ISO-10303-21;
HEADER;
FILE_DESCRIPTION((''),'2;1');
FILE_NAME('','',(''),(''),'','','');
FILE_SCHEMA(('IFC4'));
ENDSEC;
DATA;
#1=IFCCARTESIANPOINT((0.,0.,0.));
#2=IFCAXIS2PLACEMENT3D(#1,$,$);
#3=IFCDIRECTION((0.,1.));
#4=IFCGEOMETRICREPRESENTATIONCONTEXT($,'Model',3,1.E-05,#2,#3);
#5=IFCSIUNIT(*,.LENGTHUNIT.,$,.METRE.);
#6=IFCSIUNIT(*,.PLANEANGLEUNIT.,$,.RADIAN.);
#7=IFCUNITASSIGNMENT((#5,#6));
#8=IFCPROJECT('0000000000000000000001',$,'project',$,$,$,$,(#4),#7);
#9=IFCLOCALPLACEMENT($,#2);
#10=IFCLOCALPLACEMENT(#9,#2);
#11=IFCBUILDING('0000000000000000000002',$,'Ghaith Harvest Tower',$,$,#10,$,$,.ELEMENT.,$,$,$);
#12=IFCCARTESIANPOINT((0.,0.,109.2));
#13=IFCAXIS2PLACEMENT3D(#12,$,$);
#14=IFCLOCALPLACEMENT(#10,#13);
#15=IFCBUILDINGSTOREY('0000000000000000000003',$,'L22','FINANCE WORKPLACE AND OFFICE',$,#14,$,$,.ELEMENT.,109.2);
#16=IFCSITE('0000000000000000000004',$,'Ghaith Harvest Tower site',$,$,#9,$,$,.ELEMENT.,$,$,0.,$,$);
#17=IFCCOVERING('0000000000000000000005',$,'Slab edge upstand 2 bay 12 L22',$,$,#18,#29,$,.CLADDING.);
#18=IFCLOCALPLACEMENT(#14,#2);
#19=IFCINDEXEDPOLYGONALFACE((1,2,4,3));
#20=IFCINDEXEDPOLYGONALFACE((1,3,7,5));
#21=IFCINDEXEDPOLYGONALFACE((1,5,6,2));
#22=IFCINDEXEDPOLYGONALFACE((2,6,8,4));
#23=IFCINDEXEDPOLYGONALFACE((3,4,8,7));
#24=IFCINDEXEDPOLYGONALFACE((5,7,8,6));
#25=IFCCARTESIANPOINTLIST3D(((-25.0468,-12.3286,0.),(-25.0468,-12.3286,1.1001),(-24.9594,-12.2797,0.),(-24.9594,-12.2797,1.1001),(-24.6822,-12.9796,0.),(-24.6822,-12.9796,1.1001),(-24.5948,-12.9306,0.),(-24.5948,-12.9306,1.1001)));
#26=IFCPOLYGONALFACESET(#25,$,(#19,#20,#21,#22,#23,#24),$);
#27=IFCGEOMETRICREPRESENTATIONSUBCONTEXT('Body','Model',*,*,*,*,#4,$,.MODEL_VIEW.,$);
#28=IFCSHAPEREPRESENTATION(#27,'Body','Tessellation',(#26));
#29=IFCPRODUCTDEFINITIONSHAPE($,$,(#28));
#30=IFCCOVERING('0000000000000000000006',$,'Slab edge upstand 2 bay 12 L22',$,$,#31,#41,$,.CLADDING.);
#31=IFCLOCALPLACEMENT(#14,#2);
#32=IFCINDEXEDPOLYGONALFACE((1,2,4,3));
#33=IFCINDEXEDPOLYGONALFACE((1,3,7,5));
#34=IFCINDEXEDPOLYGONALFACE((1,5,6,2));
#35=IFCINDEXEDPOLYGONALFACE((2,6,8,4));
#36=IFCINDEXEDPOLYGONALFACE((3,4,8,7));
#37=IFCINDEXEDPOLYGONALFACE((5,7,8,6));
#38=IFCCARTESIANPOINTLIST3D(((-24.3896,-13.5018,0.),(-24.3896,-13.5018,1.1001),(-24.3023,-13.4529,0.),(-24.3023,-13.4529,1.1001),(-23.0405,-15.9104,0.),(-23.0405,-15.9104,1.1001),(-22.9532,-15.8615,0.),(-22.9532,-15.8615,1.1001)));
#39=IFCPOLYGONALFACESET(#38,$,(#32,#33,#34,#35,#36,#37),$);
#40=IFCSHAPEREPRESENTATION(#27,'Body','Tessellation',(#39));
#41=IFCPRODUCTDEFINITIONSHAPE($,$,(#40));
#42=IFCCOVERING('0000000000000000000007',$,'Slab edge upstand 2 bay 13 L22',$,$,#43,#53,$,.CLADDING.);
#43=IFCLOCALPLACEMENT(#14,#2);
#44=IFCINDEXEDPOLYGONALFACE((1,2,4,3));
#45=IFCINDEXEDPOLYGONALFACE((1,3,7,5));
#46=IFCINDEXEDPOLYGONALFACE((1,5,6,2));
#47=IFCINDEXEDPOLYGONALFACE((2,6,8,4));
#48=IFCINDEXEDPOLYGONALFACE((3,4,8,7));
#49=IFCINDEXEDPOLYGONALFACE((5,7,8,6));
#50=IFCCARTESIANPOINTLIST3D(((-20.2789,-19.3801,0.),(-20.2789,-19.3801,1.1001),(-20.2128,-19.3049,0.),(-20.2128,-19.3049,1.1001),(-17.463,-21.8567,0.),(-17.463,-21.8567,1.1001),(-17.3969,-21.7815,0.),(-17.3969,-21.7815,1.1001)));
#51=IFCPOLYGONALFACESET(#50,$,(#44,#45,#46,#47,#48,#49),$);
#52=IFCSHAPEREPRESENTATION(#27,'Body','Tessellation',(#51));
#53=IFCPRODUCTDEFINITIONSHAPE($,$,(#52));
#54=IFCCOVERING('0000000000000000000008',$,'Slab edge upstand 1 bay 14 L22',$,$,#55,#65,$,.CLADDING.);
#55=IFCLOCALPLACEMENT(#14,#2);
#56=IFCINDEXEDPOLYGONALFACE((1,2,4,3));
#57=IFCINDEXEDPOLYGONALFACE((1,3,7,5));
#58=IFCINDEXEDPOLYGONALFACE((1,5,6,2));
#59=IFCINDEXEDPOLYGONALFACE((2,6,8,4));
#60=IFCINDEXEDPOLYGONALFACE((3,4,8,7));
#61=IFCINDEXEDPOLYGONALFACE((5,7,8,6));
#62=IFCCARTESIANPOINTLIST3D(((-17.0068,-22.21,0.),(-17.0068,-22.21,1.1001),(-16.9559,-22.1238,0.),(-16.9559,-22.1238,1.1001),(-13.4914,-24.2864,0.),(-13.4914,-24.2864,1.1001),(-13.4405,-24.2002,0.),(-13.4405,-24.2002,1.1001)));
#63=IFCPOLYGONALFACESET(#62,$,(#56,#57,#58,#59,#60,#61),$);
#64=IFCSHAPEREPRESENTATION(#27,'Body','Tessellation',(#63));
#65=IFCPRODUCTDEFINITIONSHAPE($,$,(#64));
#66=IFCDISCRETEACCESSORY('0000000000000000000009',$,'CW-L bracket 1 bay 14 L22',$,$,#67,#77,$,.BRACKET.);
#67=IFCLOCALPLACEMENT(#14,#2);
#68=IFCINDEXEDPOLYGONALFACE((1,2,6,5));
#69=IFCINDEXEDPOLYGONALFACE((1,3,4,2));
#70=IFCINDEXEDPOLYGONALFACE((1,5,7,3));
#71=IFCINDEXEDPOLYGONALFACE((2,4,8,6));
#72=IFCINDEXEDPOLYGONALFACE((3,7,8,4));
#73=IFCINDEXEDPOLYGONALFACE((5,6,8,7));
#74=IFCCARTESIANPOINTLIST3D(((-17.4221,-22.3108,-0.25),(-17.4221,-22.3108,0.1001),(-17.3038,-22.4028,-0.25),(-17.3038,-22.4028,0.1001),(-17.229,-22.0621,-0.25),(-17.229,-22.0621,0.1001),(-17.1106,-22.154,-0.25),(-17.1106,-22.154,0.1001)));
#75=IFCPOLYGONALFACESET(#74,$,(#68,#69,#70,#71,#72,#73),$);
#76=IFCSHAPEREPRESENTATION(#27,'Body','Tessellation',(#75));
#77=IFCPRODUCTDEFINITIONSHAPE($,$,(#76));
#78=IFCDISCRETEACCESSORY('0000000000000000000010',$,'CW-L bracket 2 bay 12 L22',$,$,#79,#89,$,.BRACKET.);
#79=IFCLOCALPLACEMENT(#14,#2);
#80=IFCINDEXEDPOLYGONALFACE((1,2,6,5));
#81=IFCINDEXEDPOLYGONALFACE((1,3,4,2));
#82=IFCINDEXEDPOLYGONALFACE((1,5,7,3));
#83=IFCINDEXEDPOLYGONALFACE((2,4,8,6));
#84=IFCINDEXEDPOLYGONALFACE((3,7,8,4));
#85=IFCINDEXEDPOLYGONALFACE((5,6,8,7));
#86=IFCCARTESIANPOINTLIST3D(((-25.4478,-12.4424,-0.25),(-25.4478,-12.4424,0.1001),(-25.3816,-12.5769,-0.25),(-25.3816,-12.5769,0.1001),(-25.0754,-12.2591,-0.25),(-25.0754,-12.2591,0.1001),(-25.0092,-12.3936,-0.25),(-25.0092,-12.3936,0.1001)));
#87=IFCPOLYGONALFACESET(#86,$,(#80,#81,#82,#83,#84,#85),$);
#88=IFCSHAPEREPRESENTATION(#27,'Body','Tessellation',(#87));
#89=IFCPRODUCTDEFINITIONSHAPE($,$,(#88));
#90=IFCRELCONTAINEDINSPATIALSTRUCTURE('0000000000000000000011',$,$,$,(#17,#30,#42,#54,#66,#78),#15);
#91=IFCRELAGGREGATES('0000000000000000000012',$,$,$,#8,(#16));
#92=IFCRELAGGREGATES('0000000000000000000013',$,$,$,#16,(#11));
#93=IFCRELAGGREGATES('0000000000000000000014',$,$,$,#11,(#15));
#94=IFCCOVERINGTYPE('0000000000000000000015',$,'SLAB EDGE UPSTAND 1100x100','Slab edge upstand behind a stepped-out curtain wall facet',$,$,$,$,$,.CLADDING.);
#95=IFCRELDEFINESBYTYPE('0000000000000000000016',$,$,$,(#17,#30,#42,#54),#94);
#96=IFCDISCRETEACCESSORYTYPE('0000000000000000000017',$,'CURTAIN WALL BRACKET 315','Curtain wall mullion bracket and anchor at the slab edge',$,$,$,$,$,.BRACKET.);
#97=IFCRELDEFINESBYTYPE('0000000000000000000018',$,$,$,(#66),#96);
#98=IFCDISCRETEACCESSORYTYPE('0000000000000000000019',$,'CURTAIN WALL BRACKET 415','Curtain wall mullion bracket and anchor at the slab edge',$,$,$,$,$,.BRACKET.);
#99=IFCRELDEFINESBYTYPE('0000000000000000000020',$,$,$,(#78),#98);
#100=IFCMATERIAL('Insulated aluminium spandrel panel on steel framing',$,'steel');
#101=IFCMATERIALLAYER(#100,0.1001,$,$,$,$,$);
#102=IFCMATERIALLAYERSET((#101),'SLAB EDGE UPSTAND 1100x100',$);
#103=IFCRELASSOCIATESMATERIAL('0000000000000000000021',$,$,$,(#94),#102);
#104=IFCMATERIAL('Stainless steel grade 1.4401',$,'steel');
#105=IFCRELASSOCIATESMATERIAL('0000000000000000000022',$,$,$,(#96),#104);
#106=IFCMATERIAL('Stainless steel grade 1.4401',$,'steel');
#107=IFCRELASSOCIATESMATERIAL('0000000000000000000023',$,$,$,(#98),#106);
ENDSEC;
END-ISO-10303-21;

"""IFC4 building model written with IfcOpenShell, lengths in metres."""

from ifc_helpers import new_model, si_unit, direction, frame, origin, origin_2d, place, context, subcontext, project, spatial, rectangle, extrude, material, layer, layer_set, type_object, element, save


model = new_model("IFC4")

# Units and contexts
model_context = context("Model", 3, precision=1e-05, world=origin(), true_north=direction((0.0, 1.0)))
body_context = subcontext(model_context, "Body", "Model", "MODEL_VIEW")
ifc_project = project(units=[si_unit("LENGTHUNIT", "METRE"), si_unit("PLANEANGLEUNIT", "RADIAN")], contexts=[model_context])

# Site, building, storey
site_placement = place(None, origin())
site = spatial("IfcSite", under=ifc_project, at=site_placement, Name="Ghaith Harvest Tower site", CompositionType="ELEMENT", RefElevation=0.0)
building_placement = place(site_placement, origin())
building = spatial("IfcBuilding", under=site, at=building_placement, Name="Ghaith Harvest Tower", CompositionType="ELEMENT")
storey_placement = place(building_placement, frame((0.0, 0.0, 109.2)))
storey = spatial("IfcBuildingStorey", under=building, at=storey_placement, Name="L22", Description="FINANCE WORKPLACE AND OFFICE", CompositionType="ELEMENT", Elevation=109.2)

# Coverings
ifc_material_1 = material(Name="Insulated aluminium spandrel panel on steel framing", Category="steel")
ifc_layer_1 = layer(ifc_material_1, 0.1001)
ifc_layer_set_1 = layer_set([ifc_layer_1], Name="SLAB EDGE UPSTAND 1100x100")
covering_type = type_object("IfcCoveringType", Name="SLAB EDGE UPSTAND 1100x100", Description="Slab edge upstand behind a stepped-out curtain wall facet", PredefinedType="CLADDING", material=ifc_layer_set_1)
covering_1_placement = place(storey_placement, frame((-24.8208, -12.6296, 0.0), z_axis=(0.0, 0.0, 1.0), x_axis=(0.488684, -0.872461, 0.0)))
element("IfcCovering", 1, at=covering_1_placement, inside=storey, type_object=covering_type, Name="Slab edge upstand 2 bay 12 L22", PredefinedType="CLADDING", context=body_context, shape_type="SweptSolid", body=[
    extrude(rectangle(XDim=0.7461, YDim=0.1001, at=origin_2d()), origin(), (0.0, 0.0, 1.0), 1.1001),
])
covering_2_placement = place(storey_placement, frame((-23.6714, -14.6816, 0.0), z_axis=(0.0, 0.0, 1.0), x_axis=(0.488684, -0.872461, 0.0)))
element("IfcCovering", 2, at=covering_2_placement, inside=storey, type_object=covering_type, Name="Slab edge upstand 2 bay 12 L22", PredefinedType="CLADDING", context=body_context, shape_type="SweptSolid", body=[
    extrude(rectangle(XDim=2.7607, YDim=0.1001, at=origin_2d()), origin(), (0.0, 0.0, 1.0), 1.1001),
])
covering_3_placement = place(storey_placement, frame((-18.8379, -20.5808, 0.0), z_axis=(0.0, 0.0, 1.0), x_axis=(0.750892, -0.660425, 0.0)))
element("IfcCovering", 3, at=covering_3_placement, inside=storey, type_object=covering_type, Name="Slab edge upstand 2 bay 13 L22", PredefinedType="CLADDING", context=body_context, shape_type="SweptSolid", body=[
    extrude(rectangle(XDim=3.75, YDim=0.1001, at=origin_2d()), origin(), (0.0, 0.0, 1.0), 1.1001),
])
covering_4_placement = place(storey_placement, frame((-15.2236, -23.2051, 0.0), z_axis=(0.0, 0.0, 1.0), x_axis=(0.861021, -0.50857, 0.0)))
element("IfcCovering", 4, at=covering_4_placement, inside=storey, type_object=covering_type, Name="Slab edge upstand 1 bay 14 L22", PredefinedType="CLADDING", context=body_context, shape_type="SweptSolid", body=[
    extrude(rectangle(XDim=4.0828, YDim=0.1001, at=origin_2d()), origin(), (0.0, 0.0, 1.0), 1.1001),
])

# Discrete accessories
ifc_material_2 = material(Name="Stainless steel grade 1.4401", Category="steel")
discrete_accessory_type_1 = type_object("IfcDiscreteAccessoryType", Name="CURTAIN WALL BRACKET 315", Description="Curtain wall mullion bracket and anchor at the slab edge", PredefinedType="BRACKET", material=ifc_material_2)
discrete_accessory_1_placement = place(storey_placement, frame((-17.2664, -22.2324, -0.25), z_axis=(0.0, 0.0, 1.0), x_axis=(-0.613378, -0.78979, 0.0)))
element("IfcDiscreteAccessory", 5, at=discrete_accessory_1_placement, inside=storey, type_object=discrete_accessory_type_1, Name="CW-L bracket 1 bay 14 L22", PredefinedType="BRACKET", context=body_context, shape_type="SweptSolid", body=[
    extrude(rectangle(XDim=0.3149, YDim=0.1499, at=origin_2d()), origin(), (0.0, 0.0, 1.0), 0.3501),
])
ifc_material_3 = material(Name="Stainless steel grade 1.4401", Category="steel")
discrete_accessory_type_2 = type_object("IfcDiscreteAccessoryType", Name="CURTAIN WALL BRACKET 415", Description="Curtain wall mullion bracket and anchor at the slab edge", PredefinedType="BRACKET", material=ifc_material_3)
discrete_accessory_2_placement = place(storey_placement, frame((-25.2285, -12.418, -0.25), z_axis=(0.0, 0.0, 1.0), x_axis=(-0.897201, -0.441622, 0.0)))
element("IfcDiscreteAccessory", 6, at=discrete_accessory_2_placement, inside=storey, type_object=discrete_accessory_type_2, Name="CW-L bracket 2 bay 12 L22", PredefinedType="BRACKET", context=body_context, shape_type="SweptSolid", body=[
    extrude(rectangle(XDim=0.415, YDim=0.1499, at=origin_2d()), origin(), (0.0, 0.0, 1.0), 0.3501),
])

save(model, "model.ifc")
